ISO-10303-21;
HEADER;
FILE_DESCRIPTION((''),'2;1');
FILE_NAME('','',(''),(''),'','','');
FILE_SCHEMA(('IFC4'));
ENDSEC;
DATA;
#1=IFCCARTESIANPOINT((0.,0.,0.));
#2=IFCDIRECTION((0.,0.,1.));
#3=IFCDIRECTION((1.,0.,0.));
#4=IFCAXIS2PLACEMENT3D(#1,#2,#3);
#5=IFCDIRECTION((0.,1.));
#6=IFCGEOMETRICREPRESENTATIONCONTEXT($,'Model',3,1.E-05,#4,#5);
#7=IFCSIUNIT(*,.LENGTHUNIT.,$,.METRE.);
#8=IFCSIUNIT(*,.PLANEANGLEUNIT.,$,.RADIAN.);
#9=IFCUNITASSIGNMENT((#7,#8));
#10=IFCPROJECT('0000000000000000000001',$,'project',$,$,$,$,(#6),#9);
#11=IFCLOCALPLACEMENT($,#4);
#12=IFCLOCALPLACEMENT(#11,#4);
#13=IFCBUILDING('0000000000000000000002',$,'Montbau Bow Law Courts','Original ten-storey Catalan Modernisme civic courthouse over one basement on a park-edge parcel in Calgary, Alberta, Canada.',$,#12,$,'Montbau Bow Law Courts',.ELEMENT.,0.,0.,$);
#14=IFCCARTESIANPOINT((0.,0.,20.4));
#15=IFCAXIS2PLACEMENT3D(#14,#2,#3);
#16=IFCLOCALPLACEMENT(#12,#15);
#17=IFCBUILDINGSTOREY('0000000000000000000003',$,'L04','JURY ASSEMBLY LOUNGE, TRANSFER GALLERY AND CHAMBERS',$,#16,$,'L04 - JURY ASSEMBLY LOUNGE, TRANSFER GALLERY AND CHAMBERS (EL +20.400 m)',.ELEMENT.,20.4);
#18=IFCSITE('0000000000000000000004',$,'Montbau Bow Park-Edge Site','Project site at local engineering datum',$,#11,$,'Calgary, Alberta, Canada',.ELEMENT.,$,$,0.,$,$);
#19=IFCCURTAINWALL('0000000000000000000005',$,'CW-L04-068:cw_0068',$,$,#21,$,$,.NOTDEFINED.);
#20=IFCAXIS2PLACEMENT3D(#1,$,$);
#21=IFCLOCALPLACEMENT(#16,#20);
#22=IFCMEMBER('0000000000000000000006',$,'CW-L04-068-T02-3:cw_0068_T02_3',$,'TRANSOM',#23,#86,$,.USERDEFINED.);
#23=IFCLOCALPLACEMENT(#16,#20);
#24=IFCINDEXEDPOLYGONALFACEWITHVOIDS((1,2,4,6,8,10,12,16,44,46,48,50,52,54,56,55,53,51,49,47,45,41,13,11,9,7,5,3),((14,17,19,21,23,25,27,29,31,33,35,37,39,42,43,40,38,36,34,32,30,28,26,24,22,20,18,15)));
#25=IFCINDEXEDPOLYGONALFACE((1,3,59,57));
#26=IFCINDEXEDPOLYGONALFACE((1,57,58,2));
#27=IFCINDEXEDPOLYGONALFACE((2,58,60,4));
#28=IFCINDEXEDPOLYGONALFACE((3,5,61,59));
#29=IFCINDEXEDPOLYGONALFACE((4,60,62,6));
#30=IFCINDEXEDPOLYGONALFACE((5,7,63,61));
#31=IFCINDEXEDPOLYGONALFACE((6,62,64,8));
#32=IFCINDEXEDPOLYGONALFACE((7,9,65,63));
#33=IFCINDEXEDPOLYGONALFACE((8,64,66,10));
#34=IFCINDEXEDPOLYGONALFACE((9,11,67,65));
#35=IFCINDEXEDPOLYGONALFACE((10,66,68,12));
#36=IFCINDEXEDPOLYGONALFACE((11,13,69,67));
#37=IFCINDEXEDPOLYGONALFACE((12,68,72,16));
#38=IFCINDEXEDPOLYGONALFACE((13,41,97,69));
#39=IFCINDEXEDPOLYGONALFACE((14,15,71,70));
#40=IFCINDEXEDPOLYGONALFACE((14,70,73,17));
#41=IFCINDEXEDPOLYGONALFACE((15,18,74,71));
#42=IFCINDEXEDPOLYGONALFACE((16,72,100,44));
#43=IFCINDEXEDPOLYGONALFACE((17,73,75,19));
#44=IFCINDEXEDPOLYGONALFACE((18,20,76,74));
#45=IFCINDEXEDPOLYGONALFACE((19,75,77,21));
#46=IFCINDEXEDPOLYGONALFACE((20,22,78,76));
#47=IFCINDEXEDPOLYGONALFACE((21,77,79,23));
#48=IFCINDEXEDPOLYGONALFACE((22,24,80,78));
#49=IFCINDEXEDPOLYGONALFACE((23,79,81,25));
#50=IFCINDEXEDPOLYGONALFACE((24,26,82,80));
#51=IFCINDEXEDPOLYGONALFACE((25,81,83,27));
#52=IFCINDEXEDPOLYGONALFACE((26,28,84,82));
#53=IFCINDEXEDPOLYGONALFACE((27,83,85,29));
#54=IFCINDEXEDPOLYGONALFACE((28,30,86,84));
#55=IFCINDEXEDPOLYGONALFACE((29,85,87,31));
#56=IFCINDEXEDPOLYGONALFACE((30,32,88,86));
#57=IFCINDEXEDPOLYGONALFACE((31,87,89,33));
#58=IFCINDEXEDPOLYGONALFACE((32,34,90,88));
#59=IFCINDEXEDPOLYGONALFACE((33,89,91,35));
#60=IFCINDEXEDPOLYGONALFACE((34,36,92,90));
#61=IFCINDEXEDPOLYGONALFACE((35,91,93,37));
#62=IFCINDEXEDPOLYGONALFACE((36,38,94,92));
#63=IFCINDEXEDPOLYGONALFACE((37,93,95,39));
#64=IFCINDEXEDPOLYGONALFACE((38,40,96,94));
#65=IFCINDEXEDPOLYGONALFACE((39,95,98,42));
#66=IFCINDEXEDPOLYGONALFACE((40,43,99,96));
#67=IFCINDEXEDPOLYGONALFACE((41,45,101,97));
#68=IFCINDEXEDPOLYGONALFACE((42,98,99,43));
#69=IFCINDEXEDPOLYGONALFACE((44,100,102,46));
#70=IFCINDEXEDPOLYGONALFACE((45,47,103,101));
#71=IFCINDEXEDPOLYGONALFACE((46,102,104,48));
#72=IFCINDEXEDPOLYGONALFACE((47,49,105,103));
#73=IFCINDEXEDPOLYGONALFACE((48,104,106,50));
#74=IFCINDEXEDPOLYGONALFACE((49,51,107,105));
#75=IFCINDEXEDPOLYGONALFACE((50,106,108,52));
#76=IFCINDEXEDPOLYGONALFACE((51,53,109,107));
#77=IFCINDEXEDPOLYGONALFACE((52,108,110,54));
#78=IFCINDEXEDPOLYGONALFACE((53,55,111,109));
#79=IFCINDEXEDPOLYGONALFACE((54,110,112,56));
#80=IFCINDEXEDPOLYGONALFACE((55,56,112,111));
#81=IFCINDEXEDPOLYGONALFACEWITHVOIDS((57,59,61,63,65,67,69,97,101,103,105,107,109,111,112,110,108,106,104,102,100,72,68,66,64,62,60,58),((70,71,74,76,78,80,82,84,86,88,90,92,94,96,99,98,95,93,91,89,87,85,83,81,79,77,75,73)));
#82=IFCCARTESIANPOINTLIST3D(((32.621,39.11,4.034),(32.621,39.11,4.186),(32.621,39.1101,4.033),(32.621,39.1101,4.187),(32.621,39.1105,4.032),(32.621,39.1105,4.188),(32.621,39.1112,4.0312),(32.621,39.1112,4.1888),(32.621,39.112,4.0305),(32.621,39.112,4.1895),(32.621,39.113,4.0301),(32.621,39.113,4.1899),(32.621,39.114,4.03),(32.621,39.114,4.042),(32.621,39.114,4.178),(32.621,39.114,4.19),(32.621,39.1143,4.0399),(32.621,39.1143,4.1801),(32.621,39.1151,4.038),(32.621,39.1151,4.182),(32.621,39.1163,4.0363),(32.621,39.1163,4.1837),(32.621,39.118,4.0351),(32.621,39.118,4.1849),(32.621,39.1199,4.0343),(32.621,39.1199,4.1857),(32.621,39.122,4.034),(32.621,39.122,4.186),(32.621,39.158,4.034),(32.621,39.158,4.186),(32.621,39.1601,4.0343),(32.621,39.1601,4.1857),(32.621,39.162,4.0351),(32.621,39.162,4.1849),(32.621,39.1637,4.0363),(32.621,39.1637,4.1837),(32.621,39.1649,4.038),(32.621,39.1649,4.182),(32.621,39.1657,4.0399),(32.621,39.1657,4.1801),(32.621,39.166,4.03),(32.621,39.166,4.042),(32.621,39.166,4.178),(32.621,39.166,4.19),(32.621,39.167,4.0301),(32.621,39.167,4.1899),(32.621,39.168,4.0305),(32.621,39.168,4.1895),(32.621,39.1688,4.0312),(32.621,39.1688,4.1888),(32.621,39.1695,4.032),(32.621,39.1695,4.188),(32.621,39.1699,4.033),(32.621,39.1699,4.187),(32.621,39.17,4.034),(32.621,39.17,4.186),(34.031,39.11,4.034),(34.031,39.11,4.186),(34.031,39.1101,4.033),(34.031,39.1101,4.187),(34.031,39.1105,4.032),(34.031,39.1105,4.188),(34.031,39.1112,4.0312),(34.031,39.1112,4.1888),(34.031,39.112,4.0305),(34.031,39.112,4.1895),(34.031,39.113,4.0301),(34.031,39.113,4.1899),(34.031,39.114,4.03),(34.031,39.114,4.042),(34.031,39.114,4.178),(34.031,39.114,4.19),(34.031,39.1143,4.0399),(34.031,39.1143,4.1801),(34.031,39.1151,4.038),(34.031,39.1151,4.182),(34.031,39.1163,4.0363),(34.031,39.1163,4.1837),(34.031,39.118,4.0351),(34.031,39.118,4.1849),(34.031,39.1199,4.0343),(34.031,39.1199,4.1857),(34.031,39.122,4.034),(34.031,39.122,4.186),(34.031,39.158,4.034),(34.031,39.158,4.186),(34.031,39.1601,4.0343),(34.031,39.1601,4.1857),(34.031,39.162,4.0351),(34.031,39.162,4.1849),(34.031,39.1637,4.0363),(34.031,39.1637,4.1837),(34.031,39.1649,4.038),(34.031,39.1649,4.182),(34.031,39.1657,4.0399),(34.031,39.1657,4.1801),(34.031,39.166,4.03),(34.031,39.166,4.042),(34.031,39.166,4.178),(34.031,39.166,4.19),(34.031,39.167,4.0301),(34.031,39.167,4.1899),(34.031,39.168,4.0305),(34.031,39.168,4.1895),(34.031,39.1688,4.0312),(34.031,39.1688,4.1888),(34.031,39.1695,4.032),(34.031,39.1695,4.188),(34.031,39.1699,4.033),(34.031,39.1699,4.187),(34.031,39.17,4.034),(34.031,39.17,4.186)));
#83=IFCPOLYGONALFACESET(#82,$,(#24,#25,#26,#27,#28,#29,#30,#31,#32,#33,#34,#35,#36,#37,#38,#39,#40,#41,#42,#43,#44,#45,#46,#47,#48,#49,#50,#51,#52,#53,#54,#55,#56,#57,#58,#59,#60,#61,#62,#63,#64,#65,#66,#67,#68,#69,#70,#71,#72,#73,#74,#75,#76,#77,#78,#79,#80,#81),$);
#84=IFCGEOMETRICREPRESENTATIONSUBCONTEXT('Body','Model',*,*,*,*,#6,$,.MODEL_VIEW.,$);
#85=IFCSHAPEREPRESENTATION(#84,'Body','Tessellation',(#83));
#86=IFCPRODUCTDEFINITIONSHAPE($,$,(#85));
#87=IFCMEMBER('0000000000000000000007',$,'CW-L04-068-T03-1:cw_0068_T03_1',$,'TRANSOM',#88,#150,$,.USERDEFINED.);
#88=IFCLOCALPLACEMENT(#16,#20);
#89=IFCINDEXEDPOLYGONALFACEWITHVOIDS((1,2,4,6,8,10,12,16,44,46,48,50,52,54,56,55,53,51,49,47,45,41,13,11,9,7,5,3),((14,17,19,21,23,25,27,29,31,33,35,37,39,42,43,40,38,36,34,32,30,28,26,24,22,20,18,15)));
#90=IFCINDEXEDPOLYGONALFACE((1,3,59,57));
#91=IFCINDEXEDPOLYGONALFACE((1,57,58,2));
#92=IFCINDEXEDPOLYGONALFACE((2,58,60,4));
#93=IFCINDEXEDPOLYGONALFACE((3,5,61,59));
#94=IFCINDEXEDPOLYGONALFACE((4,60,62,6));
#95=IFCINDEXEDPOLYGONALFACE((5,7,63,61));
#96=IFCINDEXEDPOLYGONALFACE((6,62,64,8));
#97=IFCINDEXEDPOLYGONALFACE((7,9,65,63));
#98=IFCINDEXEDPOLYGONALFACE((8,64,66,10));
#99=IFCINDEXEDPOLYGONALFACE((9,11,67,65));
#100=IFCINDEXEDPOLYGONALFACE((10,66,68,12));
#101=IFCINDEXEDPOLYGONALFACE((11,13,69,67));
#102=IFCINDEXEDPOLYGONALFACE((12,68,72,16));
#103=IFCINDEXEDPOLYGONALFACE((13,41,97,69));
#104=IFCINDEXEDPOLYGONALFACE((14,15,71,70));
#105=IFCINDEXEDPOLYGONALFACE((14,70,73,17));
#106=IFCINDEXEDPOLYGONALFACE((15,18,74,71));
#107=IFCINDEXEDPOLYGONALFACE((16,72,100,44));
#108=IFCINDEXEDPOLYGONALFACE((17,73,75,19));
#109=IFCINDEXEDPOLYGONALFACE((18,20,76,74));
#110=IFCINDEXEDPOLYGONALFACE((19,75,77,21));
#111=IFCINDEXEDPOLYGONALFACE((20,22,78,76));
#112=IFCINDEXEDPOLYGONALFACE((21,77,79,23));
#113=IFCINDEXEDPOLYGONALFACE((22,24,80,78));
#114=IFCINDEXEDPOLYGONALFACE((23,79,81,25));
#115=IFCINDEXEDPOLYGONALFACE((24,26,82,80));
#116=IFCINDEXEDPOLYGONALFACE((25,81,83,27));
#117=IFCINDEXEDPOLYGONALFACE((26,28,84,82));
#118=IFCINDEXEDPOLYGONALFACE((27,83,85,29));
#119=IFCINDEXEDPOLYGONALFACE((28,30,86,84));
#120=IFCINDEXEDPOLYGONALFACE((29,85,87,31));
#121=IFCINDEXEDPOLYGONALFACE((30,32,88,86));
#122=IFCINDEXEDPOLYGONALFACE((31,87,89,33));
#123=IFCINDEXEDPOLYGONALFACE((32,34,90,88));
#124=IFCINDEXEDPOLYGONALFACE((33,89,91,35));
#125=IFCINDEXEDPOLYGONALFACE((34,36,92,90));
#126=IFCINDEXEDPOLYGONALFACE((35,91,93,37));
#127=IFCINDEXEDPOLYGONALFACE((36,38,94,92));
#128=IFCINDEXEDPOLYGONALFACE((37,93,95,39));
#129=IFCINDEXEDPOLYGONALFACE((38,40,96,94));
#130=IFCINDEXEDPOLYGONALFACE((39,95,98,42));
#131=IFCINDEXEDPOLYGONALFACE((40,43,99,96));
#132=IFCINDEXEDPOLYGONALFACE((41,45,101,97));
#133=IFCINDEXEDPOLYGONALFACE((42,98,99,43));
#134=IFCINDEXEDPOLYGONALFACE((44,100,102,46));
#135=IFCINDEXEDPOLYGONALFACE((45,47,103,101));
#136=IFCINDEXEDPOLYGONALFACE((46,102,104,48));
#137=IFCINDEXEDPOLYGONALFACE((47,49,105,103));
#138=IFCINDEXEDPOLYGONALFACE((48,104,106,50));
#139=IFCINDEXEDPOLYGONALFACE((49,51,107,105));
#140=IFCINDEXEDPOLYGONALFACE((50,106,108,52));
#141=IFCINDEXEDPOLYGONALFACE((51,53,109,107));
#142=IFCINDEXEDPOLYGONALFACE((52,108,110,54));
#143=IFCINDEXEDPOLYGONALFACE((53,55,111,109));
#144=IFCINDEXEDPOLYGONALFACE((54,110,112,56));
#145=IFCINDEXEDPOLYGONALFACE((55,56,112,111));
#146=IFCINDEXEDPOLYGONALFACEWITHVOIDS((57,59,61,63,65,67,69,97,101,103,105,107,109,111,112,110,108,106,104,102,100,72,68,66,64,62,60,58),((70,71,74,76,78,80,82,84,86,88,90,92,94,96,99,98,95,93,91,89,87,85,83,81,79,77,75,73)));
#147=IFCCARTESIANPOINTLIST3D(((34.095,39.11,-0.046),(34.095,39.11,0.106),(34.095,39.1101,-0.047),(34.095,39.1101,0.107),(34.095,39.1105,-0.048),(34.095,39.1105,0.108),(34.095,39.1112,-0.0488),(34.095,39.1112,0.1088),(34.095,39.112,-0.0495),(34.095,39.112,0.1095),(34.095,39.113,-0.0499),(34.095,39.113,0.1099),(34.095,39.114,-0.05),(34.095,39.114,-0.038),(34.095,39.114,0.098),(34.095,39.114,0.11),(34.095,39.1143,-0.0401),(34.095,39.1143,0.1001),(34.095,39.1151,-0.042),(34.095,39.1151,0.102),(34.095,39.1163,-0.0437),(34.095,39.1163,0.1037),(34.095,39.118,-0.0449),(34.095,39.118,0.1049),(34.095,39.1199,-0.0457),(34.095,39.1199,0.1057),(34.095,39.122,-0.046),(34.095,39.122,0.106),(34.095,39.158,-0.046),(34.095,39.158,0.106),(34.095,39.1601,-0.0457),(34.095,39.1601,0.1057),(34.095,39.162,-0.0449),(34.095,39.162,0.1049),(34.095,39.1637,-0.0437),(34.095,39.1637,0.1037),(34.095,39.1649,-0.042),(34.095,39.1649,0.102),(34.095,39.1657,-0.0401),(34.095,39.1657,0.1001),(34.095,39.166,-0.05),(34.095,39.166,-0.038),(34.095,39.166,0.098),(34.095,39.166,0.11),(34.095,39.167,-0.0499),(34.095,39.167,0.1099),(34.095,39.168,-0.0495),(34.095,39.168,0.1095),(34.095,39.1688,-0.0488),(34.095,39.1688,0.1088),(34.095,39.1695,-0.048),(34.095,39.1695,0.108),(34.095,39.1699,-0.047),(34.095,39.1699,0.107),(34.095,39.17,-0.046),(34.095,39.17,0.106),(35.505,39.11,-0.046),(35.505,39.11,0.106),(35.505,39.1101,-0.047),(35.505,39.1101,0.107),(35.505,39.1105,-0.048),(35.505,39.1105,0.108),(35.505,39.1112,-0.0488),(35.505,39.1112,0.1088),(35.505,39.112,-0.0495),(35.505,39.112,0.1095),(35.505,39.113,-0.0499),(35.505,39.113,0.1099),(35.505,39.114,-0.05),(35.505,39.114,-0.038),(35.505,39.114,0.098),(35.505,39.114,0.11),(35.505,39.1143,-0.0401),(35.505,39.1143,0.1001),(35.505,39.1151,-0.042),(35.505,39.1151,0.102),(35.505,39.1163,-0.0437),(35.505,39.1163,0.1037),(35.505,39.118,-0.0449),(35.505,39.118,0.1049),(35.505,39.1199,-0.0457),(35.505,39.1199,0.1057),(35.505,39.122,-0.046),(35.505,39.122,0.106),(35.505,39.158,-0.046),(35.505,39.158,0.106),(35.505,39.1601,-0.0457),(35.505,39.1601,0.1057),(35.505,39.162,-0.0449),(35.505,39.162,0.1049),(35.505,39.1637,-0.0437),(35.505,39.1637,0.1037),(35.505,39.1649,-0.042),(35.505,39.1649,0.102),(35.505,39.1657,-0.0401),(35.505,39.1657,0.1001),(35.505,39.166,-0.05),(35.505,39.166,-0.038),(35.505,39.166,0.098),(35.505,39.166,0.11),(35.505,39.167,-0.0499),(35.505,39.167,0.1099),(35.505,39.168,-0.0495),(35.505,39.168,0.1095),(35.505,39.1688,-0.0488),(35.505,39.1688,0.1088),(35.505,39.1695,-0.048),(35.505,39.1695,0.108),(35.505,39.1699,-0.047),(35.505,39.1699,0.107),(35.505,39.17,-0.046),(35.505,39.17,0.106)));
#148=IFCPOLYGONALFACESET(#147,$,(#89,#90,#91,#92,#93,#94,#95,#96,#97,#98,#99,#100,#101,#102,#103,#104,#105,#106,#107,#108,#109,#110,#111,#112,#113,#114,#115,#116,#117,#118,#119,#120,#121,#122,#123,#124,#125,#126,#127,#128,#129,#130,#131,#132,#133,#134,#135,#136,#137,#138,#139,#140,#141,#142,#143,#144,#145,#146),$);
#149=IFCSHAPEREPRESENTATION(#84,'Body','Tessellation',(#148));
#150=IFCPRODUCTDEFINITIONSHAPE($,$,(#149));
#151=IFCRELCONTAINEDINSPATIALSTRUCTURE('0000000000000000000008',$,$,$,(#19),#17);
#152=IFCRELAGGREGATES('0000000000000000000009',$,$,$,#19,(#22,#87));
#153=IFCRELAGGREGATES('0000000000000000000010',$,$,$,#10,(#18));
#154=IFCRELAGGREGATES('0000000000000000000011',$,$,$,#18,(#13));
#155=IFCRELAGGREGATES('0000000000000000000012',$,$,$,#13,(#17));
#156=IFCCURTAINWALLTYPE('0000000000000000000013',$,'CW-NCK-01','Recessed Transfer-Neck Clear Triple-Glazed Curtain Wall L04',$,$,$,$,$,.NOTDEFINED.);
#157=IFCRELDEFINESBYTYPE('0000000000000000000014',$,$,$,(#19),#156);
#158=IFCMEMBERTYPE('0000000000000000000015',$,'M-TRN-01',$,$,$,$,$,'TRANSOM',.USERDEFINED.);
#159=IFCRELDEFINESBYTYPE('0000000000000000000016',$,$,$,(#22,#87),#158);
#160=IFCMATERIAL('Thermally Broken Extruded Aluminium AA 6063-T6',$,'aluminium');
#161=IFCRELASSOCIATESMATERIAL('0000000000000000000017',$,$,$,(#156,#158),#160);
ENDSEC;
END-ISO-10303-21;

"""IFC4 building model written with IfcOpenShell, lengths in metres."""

from ifc_helpers import new_model, si_unit, direction, frame, origin_with_axes, origin_2d_with_axis, place, context, subcontext, project, spatial, hollow_rectangle, extrude, material, material_profile, profile_set, type_object, element, aggregate, save


model = new_model("IFC4")

# Units and contexts
model_context = context("Model", 3, precision=1e-05, world=origin_with_axes(), true_north=direction((0.0, 1.0)))
body_context = subcontext(model_context, "Body", "Model", "MODEL_VIEW")
ifc_project = project(units=[si_unit("LENGTHUNIT", "METRE"), si_unit("PLANEANGLEUNIT", "RADIAN")], contexts=[model_context])

# Site, building, storey
site_placement = place(None, origin_with_axes())
site = spatial("IfcSite", under=ifc_project, at=site_placement, Name="Montbau Bow Park-Edge Site", Description="Project site at local engineering datum", LongName="Calgary, Alberta, Canada", CompositionType="ELEMENT", RefElevation=0.0)
building_placement = place(site_placement, origin_with_axes())
building = spatial("IfcBuilding", under=site, at=building_placement, Name="Montbau Bow Law Courts", Description="Original ten-storey Catalan Modernisme civic courthouse over one basement on a park-edge parcel in Calgary, Alberta, Canada.", LongName="Montbau Bow Law Courts", CompositionType="ELEMENT", ElevationOfRefHeight=0.0, ElevationOfTerrain=0.0)
storey_placement = place(building_placement, frame((0.0, 0.0, 20.4), z_axis=(0.0, 0.0, 1.0), x_axis=(1.0, 0.0, 0.0)))
storey = spatial("IfcBuildingStorey", under=building, at=storey_placement, Name="L04", Description="JURY ASSEMBLY LOUNGE, TRANSFER GALLERY AND CHAMBERS", LongName="L04 - JURY ASSEMBLY LOUNGE, TRANSFER GALLERY AND CHAMBERS (EL +20.400 m)", CompositionType="ELEMENT", Elevation=20.4)

# Curtain wall, members
ifc_material_1 = material(Name="Thermally Broken Extruded Aluminium AA 6063-T6", Category="aluminium")
curtain_wall_type = type_object("IfcCurtainWallType", Name="CW-NCK-01", Description="Recessed Transfer-Neck Clear Triple-Glazed Curtain Wall L04", PredefinedType="NOTDEFINED", material=ifc_material_1)
curtain_wall_placement = place(None, frame((31.115, 39.14, 20.4), z_axis=(0.0, 0.0, 1.0), x_axis=(1.0, 0.0, 0.0)))
curtain_wall = element("IfcCurtainWall", 1, at=curtain_wall_placement, inside=storey, type_object=curtain_wall_type, Name="CW-L04-068:cw_0068", PredefinedType="NOTDEFINED")
ifc_material_profile_1 = material_profile(ifc_material_1, hollow_rectangle(XDim=0.06, YDim=0.16, WallThickness=0.004, InnerFilletRadius=0.008, OuterFilletRadius=0.004, at=origin_2d_with_axis()), Name="CWT-160X60", Category="Main", Priority=0)
ifc_profile_set_1 = profile_set([ifc_material_profile_1], Name="Thermally Broken Extruded Aluminium AA 6063-T6")
member_type_1 = type_object("IfcMemberType", Name="M-TRN-01", ElementType="TRANSOM", PredefinedType="USERDEFINED", material=ifc_profile_set_1)
member_1_placement = place(None, frame((32.621, 39.14, 24.51), z_axis=(1.0, 0.0, 0.0), x_axis=(0.0, 1.0, 0.0)))
member_1 = element("IfcMember", 2, at=member_1_placement, type_object=member_type_1, Name="CW-L04-068-T02-3:cw_0068_T02_3", ObjectType="TRANSOM", PredefinedType="USERDEFINED", context=body_context, shape_type="SweptSolid", body=[
    extrude(hollow_rectangle(XDim=0.06, YDim=0.16, WallThickness=0.004, InnerFilletRadius=0.008, OuterFilletRadius=0.004, at=origin_2d_with_axis()), origin_with_axes(), (0.0, 0.0, 1.0), 1.41),
])
member_2_placement = place(None, frame((34.095, 39.14, 20.43), z_axis=(1.0, 0.0, 0.0), x_axis=(0.0, 1.0, 0.0)))
member_2 = element("IfcMember", 3, at=member_2_placement, type_object=member_type_1, Name="CW-L04-068-T03-1:cw_0068_T03_1", ObjectType="TRANSOM", PredefinedType="USERDEFINED", context=body_context, shape_type="SweptSolid", body=[
    extrude(hollow_rectangle(XDim=0.06, YDim=0.16, WallThickness=0.004, InnerFilletRadius=0.008, OuterFilletRadius=0.004, at=origin_2d_with_axis()), origin_with_axes(), (0.0, 0.0, 1.0), 1.41),
])
aggregate(curtain_wall, [member_1, member_2])

save(model, "model.ifc")
